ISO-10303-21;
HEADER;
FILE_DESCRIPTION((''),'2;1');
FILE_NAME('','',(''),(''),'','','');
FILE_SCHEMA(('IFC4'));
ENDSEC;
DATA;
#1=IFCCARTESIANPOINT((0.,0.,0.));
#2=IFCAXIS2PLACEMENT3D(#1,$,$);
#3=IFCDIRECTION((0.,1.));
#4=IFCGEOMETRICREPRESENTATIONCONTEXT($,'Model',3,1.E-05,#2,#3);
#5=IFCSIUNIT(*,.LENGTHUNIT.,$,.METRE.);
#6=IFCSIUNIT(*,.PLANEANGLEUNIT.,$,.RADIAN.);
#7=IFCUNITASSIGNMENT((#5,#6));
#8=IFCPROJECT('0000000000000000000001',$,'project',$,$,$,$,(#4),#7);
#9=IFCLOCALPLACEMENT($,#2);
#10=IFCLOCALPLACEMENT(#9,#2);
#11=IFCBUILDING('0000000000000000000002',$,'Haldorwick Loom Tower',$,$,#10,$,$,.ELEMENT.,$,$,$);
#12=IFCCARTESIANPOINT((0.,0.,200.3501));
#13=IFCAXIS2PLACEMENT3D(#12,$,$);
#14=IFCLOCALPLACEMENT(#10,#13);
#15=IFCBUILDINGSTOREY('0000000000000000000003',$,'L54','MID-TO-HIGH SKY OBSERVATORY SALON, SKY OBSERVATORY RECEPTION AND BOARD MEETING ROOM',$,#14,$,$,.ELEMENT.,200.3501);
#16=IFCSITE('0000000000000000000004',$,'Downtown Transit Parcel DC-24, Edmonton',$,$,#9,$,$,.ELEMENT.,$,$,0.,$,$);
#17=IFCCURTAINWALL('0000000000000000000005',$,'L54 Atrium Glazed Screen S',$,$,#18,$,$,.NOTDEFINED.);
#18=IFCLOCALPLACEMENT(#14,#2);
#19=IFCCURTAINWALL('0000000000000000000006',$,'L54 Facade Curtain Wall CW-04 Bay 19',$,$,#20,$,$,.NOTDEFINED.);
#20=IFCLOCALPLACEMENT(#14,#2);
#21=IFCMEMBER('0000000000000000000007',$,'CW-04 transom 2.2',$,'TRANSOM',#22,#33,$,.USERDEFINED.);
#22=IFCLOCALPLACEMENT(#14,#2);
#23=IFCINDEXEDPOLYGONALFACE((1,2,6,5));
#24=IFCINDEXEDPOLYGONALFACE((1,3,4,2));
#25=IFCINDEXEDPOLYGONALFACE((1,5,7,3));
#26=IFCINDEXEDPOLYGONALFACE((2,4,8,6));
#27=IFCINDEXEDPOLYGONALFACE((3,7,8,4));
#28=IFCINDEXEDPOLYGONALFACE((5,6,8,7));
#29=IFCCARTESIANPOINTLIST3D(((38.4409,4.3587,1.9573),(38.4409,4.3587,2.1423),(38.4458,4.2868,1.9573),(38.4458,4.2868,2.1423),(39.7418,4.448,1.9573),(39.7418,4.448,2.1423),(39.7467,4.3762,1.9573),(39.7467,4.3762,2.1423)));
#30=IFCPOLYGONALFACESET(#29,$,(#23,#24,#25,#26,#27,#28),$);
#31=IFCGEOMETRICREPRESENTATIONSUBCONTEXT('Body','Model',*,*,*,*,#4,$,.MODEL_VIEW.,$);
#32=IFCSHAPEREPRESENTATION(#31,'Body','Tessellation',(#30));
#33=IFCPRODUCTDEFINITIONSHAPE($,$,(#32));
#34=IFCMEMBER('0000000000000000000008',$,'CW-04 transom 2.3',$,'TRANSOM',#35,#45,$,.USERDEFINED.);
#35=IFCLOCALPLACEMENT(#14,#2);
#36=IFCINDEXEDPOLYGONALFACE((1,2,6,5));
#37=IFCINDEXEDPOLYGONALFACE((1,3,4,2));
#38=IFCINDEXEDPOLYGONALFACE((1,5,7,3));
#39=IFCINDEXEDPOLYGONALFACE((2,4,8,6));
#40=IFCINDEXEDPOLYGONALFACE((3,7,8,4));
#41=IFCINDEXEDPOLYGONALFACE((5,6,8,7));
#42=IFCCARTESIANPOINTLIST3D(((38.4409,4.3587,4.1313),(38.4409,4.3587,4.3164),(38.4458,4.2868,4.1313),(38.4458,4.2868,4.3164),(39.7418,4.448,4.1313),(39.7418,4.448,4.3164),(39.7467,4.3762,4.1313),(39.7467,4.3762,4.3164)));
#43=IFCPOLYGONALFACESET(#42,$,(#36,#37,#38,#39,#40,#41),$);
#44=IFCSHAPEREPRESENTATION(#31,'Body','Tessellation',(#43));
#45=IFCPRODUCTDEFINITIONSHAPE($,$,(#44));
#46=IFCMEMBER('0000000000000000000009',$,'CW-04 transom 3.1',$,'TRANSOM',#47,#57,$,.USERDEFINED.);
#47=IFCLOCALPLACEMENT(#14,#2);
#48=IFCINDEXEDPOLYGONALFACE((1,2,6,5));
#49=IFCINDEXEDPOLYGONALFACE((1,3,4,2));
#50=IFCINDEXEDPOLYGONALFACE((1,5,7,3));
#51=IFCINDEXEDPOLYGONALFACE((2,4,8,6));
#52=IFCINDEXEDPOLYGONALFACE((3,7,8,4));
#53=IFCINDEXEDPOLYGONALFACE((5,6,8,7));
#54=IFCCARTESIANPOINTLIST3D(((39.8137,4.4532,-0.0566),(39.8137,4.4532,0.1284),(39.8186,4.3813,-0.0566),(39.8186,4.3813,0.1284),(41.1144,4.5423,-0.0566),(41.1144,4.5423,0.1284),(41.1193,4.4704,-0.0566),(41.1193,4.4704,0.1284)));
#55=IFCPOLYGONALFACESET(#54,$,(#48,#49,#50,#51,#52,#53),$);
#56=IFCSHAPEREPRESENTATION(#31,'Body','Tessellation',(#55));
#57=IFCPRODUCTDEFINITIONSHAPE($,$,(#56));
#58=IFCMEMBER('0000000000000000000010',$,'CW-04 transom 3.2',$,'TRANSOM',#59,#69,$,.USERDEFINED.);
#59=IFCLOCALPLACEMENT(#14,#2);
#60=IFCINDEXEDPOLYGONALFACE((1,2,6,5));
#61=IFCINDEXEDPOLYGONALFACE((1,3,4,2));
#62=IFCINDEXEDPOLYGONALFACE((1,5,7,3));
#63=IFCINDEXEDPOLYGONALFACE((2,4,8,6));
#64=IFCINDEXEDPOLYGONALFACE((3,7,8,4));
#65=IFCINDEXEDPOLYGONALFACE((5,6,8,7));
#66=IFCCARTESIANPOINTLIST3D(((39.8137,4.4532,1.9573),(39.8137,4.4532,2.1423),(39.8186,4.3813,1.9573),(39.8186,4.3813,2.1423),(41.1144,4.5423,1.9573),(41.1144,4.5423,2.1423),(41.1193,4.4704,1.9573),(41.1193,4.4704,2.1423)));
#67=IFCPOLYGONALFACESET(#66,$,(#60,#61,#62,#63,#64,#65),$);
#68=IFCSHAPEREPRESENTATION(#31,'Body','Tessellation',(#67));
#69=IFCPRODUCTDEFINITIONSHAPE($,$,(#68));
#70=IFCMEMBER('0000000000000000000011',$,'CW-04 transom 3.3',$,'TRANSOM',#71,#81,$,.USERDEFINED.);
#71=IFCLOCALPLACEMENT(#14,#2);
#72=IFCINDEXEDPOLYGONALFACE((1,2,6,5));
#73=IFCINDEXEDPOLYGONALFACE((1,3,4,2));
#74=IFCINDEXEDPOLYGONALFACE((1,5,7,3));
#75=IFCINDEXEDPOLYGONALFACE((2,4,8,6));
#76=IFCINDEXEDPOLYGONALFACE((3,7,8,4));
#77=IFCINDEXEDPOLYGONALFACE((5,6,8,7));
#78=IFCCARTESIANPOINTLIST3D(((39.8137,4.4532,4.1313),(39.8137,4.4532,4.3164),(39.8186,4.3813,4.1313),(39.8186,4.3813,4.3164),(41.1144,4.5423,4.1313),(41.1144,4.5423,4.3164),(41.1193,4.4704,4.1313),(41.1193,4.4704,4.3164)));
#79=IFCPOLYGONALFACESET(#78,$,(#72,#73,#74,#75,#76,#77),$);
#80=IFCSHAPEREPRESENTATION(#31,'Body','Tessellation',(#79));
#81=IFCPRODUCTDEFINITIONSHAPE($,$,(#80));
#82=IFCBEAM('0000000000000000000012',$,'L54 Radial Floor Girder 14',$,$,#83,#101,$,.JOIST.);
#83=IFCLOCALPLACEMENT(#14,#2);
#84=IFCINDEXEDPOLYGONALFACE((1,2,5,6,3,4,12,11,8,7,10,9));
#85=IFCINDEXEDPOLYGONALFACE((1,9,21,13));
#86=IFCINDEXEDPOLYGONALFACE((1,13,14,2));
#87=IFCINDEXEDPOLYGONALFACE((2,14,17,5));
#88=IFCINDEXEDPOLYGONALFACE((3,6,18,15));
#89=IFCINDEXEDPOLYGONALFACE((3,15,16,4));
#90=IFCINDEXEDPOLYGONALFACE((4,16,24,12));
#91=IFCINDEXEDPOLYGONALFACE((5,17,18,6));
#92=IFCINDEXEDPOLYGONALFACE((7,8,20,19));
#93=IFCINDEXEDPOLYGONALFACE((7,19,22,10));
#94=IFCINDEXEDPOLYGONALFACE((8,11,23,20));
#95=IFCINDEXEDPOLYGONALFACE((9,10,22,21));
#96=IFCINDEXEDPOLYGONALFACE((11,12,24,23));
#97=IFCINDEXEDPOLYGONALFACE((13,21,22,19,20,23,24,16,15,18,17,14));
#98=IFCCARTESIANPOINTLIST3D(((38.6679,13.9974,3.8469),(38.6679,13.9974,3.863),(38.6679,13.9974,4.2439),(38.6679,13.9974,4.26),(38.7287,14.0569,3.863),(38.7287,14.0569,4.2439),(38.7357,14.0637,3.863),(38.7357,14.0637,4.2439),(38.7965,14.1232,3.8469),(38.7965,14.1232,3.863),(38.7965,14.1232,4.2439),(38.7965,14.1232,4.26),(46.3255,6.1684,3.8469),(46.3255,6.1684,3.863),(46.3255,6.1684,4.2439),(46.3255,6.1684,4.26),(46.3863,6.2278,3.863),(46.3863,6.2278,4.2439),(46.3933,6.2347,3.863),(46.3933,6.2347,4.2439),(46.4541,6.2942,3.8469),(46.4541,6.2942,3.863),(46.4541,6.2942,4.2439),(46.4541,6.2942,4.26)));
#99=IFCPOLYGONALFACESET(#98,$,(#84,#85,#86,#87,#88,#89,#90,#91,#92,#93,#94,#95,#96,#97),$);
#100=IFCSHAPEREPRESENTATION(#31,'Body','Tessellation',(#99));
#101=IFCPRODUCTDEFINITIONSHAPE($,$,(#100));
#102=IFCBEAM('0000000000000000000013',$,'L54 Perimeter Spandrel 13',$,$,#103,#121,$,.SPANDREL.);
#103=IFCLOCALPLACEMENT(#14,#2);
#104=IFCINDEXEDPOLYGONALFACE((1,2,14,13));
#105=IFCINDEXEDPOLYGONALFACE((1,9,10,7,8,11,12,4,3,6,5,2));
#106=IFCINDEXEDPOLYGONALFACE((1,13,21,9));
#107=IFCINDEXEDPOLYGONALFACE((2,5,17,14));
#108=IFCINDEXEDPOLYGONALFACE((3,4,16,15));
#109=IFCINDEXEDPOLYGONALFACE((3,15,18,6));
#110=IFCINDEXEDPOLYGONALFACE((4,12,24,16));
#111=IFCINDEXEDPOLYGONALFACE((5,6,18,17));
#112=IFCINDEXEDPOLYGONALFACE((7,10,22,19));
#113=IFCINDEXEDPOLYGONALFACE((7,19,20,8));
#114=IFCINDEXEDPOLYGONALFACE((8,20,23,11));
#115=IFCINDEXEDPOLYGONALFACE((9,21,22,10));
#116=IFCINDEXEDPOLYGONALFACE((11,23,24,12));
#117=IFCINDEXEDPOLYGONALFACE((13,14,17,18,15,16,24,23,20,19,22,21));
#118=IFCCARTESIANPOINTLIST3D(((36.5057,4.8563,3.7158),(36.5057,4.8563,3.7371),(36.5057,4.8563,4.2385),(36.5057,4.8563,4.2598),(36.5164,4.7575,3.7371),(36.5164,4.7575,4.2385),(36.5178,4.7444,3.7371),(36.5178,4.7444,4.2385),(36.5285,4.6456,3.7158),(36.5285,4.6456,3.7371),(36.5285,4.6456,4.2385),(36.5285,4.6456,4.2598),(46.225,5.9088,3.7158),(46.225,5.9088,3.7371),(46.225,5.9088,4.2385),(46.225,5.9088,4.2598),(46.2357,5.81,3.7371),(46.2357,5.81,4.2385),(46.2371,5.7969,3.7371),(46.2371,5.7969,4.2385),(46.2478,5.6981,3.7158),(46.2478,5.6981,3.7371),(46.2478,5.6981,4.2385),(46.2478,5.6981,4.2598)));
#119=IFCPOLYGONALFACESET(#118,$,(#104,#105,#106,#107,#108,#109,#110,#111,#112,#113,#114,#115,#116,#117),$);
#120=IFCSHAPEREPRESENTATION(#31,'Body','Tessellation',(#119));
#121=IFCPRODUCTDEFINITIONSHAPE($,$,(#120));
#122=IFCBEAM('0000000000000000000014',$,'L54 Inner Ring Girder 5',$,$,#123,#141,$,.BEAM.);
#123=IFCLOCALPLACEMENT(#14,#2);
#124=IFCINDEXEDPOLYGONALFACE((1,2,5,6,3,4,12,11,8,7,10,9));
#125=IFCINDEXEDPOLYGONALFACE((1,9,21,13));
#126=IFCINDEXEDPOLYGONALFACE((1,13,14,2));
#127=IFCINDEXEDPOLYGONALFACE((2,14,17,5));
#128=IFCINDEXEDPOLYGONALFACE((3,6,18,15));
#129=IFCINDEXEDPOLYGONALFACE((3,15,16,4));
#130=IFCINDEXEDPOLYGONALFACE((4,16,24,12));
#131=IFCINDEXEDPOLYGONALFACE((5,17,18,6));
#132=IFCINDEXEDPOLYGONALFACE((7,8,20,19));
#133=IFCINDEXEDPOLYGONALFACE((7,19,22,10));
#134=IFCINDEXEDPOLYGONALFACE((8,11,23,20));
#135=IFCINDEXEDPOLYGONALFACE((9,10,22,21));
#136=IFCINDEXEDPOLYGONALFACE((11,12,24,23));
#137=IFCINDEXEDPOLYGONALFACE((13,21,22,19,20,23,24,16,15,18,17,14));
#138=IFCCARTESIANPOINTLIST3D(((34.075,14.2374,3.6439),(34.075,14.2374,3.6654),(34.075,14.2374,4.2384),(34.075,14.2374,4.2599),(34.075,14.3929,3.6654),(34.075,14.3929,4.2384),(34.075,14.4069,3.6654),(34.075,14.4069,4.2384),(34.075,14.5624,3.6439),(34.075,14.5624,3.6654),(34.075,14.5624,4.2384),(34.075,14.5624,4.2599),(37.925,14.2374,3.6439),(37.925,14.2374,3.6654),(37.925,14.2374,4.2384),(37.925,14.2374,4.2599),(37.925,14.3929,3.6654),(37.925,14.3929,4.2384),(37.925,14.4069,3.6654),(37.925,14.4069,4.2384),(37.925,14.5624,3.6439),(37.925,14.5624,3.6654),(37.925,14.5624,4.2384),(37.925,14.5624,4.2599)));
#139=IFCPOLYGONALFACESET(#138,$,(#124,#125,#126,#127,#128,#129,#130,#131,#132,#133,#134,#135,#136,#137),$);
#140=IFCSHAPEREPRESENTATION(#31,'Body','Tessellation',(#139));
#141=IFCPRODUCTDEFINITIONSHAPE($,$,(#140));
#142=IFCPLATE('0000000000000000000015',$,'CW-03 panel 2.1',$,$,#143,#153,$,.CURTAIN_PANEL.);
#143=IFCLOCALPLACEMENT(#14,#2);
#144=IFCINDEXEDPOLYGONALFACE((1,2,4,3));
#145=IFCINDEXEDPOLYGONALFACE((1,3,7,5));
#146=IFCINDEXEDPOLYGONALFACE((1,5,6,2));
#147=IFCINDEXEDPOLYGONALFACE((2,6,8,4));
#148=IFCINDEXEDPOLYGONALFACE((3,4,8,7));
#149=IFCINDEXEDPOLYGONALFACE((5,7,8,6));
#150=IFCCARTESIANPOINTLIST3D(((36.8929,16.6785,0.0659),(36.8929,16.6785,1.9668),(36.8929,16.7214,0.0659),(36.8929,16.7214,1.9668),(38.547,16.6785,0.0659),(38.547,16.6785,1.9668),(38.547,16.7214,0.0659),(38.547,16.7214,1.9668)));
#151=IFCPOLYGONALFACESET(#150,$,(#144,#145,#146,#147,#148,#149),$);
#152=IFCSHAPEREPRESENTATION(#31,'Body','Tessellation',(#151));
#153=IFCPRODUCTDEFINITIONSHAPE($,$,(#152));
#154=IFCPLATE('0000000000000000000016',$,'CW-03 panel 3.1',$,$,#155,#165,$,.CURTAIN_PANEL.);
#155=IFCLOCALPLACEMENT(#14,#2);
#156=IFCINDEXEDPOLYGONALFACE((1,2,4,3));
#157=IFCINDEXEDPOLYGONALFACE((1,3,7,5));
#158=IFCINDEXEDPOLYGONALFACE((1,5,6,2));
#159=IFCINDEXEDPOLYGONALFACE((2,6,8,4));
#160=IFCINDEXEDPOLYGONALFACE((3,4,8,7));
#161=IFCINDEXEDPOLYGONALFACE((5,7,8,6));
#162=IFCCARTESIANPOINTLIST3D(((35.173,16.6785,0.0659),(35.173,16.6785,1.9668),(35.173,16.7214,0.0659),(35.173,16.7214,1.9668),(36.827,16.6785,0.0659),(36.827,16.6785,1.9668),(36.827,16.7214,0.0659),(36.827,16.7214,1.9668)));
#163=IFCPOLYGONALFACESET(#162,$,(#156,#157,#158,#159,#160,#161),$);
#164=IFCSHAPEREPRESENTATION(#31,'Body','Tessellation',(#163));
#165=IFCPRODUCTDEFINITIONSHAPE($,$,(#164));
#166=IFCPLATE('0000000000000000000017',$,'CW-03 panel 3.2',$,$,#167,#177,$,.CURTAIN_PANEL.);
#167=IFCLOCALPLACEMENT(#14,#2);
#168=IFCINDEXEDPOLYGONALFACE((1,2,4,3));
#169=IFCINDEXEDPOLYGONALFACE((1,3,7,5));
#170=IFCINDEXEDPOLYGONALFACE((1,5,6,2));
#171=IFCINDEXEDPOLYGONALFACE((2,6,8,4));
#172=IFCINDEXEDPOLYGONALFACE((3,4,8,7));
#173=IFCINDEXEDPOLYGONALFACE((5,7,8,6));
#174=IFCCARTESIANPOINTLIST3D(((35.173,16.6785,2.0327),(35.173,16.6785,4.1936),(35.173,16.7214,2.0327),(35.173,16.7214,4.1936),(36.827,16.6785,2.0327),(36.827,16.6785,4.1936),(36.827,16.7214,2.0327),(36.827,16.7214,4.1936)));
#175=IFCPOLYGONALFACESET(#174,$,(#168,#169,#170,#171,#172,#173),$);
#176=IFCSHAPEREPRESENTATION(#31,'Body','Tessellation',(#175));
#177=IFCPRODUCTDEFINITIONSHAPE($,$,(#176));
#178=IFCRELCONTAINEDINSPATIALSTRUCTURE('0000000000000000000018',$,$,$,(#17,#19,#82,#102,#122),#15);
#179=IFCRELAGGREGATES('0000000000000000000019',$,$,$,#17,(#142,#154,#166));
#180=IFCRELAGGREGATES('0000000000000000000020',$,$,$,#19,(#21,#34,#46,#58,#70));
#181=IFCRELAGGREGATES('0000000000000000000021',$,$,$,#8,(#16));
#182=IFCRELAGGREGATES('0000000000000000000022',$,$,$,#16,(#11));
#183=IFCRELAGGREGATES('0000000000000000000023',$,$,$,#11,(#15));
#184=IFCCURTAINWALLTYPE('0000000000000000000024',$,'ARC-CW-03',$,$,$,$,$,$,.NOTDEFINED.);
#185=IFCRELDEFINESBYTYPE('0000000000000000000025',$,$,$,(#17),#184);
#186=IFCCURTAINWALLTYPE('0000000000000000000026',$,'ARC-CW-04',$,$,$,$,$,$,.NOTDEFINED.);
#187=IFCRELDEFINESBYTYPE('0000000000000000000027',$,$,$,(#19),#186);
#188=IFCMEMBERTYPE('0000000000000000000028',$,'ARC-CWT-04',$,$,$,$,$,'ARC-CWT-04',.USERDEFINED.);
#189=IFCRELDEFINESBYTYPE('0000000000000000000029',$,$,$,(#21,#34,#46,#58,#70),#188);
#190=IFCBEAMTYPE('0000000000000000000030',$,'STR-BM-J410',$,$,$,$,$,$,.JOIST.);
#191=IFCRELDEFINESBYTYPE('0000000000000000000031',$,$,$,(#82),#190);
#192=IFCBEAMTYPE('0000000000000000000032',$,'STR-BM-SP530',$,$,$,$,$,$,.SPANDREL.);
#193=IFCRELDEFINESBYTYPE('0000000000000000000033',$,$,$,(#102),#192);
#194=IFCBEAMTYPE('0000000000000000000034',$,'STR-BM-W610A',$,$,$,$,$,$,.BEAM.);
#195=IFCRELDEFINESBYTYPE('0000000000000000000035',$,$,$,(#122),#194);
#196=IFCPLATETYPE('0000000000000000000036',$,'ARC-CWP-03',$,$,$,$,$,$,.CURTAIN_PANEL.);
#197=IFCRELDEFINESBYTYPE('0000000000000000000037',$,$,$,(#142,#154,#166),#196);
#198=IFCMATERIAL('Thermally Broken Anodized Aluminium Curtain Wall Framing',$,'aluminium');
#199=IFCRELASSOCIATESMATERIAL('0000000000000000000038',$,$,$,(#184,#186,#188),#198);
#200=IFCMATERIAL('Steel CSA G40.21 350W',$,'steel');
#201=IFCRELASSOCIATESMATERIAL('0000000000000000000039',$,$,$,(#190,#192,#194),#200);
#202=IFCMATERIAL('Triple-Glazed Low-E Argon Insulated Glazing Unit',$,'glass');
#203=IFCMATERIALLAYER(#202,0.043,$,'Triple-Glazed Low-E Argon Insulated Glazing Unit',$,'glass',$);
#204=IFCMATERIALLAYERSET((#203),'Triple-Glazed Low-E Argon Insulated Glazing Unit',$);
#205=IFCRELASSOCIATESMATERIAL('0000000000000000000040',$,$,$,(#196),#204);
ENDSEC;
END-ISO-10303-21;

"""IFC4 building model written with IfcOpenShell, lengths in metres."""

from ifc_helpers import new_model, si_unit, direction, frame, origin, origin_2d, place, context, subcontext, project, spatial, rectangle, i_section, extrude, material, layer, layer_set, material_profile, profile_set, type_object, element, aggregate, save


model = new_model("IFC4")

# Units and contexts
model_context = context("Model", 3, precision=1e-05, world=origin(), true_north=direction((0.0, 1.0)))
body_context = subcontext(model_context, "Body", "Model", "MODEL_VIEW")
ifc_project = project(units=[si_unit("LENGTHUNIT", "METRE"), si_unit("PLANEANGLEUNIT", "RADIAN")], contexts=[model_context])

# Site, building, storey
site_placement = place(None, origin())
site = spatial("IfcSite", under=ifc_project, at=site_placement, Name="Downtown Transit Parcel DC-24, Edmonton", CompositionType="ELEMENT", RefElevation=0.0)
building_placement = place(site_placement, origin())
building = spatial("IfcBuilding", under=site, at=building_placement, Name="Haldorwick Loom Tower", CompositionType="ELEMENT")
storey_placement = place(building_placement, frame((0.0, 0.0, 200.3501)))
storey = spatial("IfcBuildingStorey", under=building, at=storey_placement, Name="L54", Description="MID-TO-HIGH SKY OBSERVATORY SALON, SKY OBSERVATORY RECEPTION AND BOARD MEETING ROOM", CompositionType="ELEMENT", Elevation=200.3501)

# Curtain wall
ifc_material_1 = material(Name="Thermally Broken Anodized Aluminium Curtain Wall Framing", Category="aluminium")
curtain_wall_type_1 = type_object("IfcCurtainWallType", Name="ARC-CW-03", PredefinedType="NOTDEFINED", material=ifc_material_1)
curtain_wall_1_placement = place(storey_placement, origin())
curtain_wall_1 = element("IfcCurtainWall", 1, at=curtain_wall_1_placement, inside=storey, type_object=curtain_wall_type_1, Name="L54 Atrium Glazed Screen S", PredefinedType="NOTDEFINED")

# Curtain wall
curtain_wall_type_2 = type_object("IfcCurtainWallType", Name="ARC-CW-04", PredefinedType="NOTDEFINED", material=ifc_material_1)
curtain_wall_2_placement = place(storey_placement, origin())
curtain_wall_2 = element("IfcCurtainWall", 2, at=curtain_wall_2_placement, inside=storey, type_object=curtain_wall_type_2, Name="L54 Facade Curtain Wall CW-04 Bay 19", PredefinedType="NOTDEFINED")

# Members
ifc_material_profile_1 = material_profile(ifc_material_1, rectangle(XDim=0.072, YDim=0.1851, at=origin_2d()), Name="ALU_TRN_72X185", Category="aluminium")
ifc_profile_set_1 = profile_set([ifc_material_profile_1], Name="Thermally Broken Anodized Aluminium Curtain Wall Framing")
member_type_1 = type_object("IfcMemberType", Name="ARC-CWT-04", ElementType="ARC-CWT-04", PredefinedType="USERDEFINED", material=ifc_profile_set_1)
member_1_placement = place(storey_placement, frame((38.4434, 4.3228, 2.0498), z_axis=(0.997649, 0.068532, 0.0), x_axis=(-0.068532, 0.997649, 0.0)))
member_1 = element("IfcMember", 3, at=member_1_placement, type_object=member_type_1, Name="CW-04 transom 2.2", ObjectType="TRANSOM", PredefinedType="USERDEFINED", context=body_context, shape_type="SweptSolid", body=[
    extrude(rectangle(XDim=0.072, YDim=0.1851, at=origin_2d()), origin(), (0.0, 0.0, 1.0), 1.304),
])
member_2_placement = place(storey_placement, frame((38.4434, 4.3228, 4.2239), z_axis=(0.997649, 0.068532, 0.0), x_axis=(-0.068532, 0.997649, 0.0)))
member_2 = element("IfcMember", 4, at=member_2_placement, type_object=member_type_1, Name="CW-04 transom 2.3", ObjectType="TRANSOM", PredefinedType="USERDEFINED", context=body_context, shape_type="SweptSolid", body=[
    extrude(rectangle(XDim=0.072, YDim=0.1851, at=origin_2d()), origin(), (0.0, 0.0, 1.0), 1.304),
])
member_3_placement = place(storey_placement, frame((39.8162, 4.4172, 0.0359), z_axis=(0.997662, 0.068346, 0.0), x_axis=(-0.068346, 0.997662, 0.0)))
member_3 = element("IfcMember", 5, at=member_3_placement, type_object=member_type_1, Name="CW-04 transom 3.1", ObjectType="TRANSOM", PredefinedType="USERDEFINED", context=body_context, shape_type="SweptSolid", body=[
    extrude(rectangle(XDim=0.072, YDim=0.1851, at=origin_2d()), origin(), (0.0, 0.0, 1.0), 1.3037),
])
member_4_placement = place(storey_placement, frame((39.8162, 4.4172, 2.0498), z_axis=(0.997662, 0.068346, 0.0), x_axis=(-0.068346, 0.997662, 0.0)))
member_4 = element("IfcMember", 6, at=member_4_placement, type_object=member_type_1, Name="CW-04 transom 3.2", ObjectType="TRANSOM", PredefinedType="USERDEFINED", context=body_context, shape_type="SweptSolid", body=[
    extrude(rectangle(XDim=0.072, YDim=0.1851, at=origin_2d()), origin(), (0.0, 0.0, 1.0), 1.3037),
])
member_5_placement = place(storey_placement, frame((39.8162, 4.4172, 4.2239), z_axis=(0.997662, 0.068346, 0.0), x_axis=(-0.068346, 0.997662, 0.0)))
member_5 = element("IfcMember", 7, at=member_5_placement, type_object=member_type_1, Name="CW-04 transom 3.3", ObjectType="TRANSOM", PredefinedType="USERDEFINED", context=body_context, shape_type="SweptSolid", body=[
    extrude(rectangle(XDim=0.072, YDim=0.1851, at=origin_2d()), origin(), (0.0, 0.0, 1.0), 1.3037),
])

# Beams
ifc_material_2 = material(Name="Steel CSA G40.21 350W", Category="steel")
ifc_material_profile_2 = material_profile(ifc_material_2, i_section(OverallWidth=0.1799, OverallDepth=0.4131, WebThickness=0.0098, FlangeThickness=0.0161, at=origin_2d()), Name="W410X74", Category="steel")
ifc_profile_set_2 = profile_set([ifc_material_profile_2], Name="Steel CSA G40.21 350W")
beam_type_1 = type_object("IfcBeamType", Name="STR-BM-J410", PredefinedType="JOIST", material=ifc_profile_set_2)
beam_1_placement = place(storey_placement, frame((38.7322, 14.0603, 4.0535), z_axis=(0.699239, -0.714888, 0.0), x_axis=(0.714888, 0.699239, 0.0)))
element("IfcBeam", 8, at=beam_1_placement, inside=storey, type_object=beam_type_1, Name="L54 Radial Floor Girder 14", PredefinedType="JOIST", context=body_context, shape_type="SweptSolid", body=[
    extrude(i_section(OverallWidth=0.1799, OverallDepth=0.4131, WebThickness=0.0098, FlangeThickness=0.0161, at=origin_2d()), origin(), (0.0, 0.0, 1.0), 10.9514),
])
ifc_material_profile_3 = material_profile(ifc_material_2, i_section(OverallWidth=0.2119, OverallDepth=0.5439, WebThickness=0.0132, FlangeThickness=0.0212, at=origin_2d()), Name="W530X123", Category="steel")
ifc_profile_set_3 = profile_set([ifc_material_profile_3], Name="Steel CSA G40.21 350W")
beam_type_2 = type_object("IfcBeamType", Name="STR-BM-SP530", PredefinedType="SPANDREL", material=ifc_profile_set_3)
beam_2_placement = place(storey_placement, frame((36.5171, 4.751, 3.9878), z_axis=(0.994188, 0.10766, 0.0), x_axis=(-0.10766, 0.994188, 0.0)))
element("IfcBeam", 9, at=beam_2_placement, inside=storey, type_object=beam_type_2, Name="L54 Perimeter Spandrel 13", PredefinedType="SPANDREL", context=body_context, shape_type="SweptSolid", body=[
    extrude(i_section(OverallWidth=0.2119, OverallDepth=0.5439, WebThickness=0.0132, FlangeThickness=0.0212, at=origin_2d()), origin(), (0.0, 0.0, 1.0), 9.7761),
])
ifc_material_profile_4 = material_profile(ifc_material_2, i_section(OverallWidth=0.325, OverallDepth=0.616, WebThickness=0.0139, FlangeThickness=0.0215, at=origin_2d()), Name="W610X174", Category="steel")
ifc_profile_set_4 = profile_set([ifc_material_profile_4], Name="Steel CSA G40.21 350W")
beam_type_3 = type_object("IfcBeamType", Name="STR-BM-W610A", PredefinedType="BEAM", material=ifc_profile_set_4)
beam_3_placement = place(storey_placement, frame((37.925, 14.3999, 3.9519), z_axis=(-1.0, 0.0, 0.0), x_axis=(0.0, -1.0, 0.0)))
element("IfcBeam", 10, at=beam_3_placement, inside=storey, type_object=beam_type_3, Name="L54 Inner Ring Girder 5", PredefinedType="BEAM", context=body_context, shape_type="SweptSolid", body=[
    extrude(i_section(OverallWidth=0.325, OverallDepth=0.616, WebThickness=0.0139, FlangeThickness=0.0215, at=origin_2d()), origin(), (0.0, 0.0, 1.0), 3.8501),
])

# Plates
ifc_material_3 = material(Name="Triple-Glazed Low-E Argon Insulated Glazing Unit", Category="glass")
ifc_layer_1 = layer(ifc_material_3, 0.043, Name="Triple-Glazed Low-E Argon Insulated Glazing Unit", Category="glass")
ifc_layer_set_1 = layer_set([ifc_layer_1], Name="Triple-Glazed Low-E Argon Insulated Glazing Unit")
plate_type_1 = type_object("IfcPlateType", Name="ARC-CWP-03", PredefinedType="CURTAIN_PANEL", material=ifc_layer_set_1)
plate_1_placement = place(storey_placement, frame((37.72, 16.7, 0.0659), z_axis=(0.0, 0.0, 1.0), x_axis=(-1.0, 0.0, 0.0)))
plate_1 = element("IfcPlate", 11, at=plate_1_placement, type_object=plate_type_1, Name="CW-03 panel 2.1", PredefinedType="CURTAIN_PANEL", context=body_context, shape_type="SweptSolid", body=[
    extrude(rectangle(XDim=1.6541, YDim=0.043, at=origin_2d()), origin(), (0.0, 0.0, 1.0), 1.9009),
])
plate_2_placement = place(storey_placement, frame((36.0, 16.7, 0.0659), z_axis=(0.0, 0.0, 1.0), x_axis=(-1.0, 0.0, 0.0)))
plate_2 = element("IfcPlate", 12, at=plate_2_placement, type_object=plate_type_1, Name="CW-03 panel 3.1", PredefinedType="CURTAIN_PANEL", context=body_context, shape_type="SweptSolid", body=[
    extrude(rectangle(XDim=1.6541, YDim=0.043, at=origin_2d()), origin(), (0.0, 0.0, 1.0), 1.9009),
])
plate_3_placement = place(storey_placement, frame((36.0, 16.7, 2.0327), z_axis=(0.0, 0.0, 1.0), x_axis=(-1.0, 0.0, 0.0)))
plate_3 = element("IfcPlate", 13, at=plate_3_placement, type_object=plate_type_1, Name="CW-03 panel 3.2", PredefinedType="CURTAIN_PANEL", context=body_context, shape_type="SweptSolid", body=[
    extrude(rectangle(XDim=1.6541, YDim=0.043, at=origin_2d()), origin(), (0.0, 0.0, 1.0), 2.1609),
])
aggregate(curtain_wall_1, [plate_1, plate_2, plate_3])
aggregate(curtain_wall_2, [member_1, member_2, member_3, member_4, member_5])

save(model, "model.ifc")
